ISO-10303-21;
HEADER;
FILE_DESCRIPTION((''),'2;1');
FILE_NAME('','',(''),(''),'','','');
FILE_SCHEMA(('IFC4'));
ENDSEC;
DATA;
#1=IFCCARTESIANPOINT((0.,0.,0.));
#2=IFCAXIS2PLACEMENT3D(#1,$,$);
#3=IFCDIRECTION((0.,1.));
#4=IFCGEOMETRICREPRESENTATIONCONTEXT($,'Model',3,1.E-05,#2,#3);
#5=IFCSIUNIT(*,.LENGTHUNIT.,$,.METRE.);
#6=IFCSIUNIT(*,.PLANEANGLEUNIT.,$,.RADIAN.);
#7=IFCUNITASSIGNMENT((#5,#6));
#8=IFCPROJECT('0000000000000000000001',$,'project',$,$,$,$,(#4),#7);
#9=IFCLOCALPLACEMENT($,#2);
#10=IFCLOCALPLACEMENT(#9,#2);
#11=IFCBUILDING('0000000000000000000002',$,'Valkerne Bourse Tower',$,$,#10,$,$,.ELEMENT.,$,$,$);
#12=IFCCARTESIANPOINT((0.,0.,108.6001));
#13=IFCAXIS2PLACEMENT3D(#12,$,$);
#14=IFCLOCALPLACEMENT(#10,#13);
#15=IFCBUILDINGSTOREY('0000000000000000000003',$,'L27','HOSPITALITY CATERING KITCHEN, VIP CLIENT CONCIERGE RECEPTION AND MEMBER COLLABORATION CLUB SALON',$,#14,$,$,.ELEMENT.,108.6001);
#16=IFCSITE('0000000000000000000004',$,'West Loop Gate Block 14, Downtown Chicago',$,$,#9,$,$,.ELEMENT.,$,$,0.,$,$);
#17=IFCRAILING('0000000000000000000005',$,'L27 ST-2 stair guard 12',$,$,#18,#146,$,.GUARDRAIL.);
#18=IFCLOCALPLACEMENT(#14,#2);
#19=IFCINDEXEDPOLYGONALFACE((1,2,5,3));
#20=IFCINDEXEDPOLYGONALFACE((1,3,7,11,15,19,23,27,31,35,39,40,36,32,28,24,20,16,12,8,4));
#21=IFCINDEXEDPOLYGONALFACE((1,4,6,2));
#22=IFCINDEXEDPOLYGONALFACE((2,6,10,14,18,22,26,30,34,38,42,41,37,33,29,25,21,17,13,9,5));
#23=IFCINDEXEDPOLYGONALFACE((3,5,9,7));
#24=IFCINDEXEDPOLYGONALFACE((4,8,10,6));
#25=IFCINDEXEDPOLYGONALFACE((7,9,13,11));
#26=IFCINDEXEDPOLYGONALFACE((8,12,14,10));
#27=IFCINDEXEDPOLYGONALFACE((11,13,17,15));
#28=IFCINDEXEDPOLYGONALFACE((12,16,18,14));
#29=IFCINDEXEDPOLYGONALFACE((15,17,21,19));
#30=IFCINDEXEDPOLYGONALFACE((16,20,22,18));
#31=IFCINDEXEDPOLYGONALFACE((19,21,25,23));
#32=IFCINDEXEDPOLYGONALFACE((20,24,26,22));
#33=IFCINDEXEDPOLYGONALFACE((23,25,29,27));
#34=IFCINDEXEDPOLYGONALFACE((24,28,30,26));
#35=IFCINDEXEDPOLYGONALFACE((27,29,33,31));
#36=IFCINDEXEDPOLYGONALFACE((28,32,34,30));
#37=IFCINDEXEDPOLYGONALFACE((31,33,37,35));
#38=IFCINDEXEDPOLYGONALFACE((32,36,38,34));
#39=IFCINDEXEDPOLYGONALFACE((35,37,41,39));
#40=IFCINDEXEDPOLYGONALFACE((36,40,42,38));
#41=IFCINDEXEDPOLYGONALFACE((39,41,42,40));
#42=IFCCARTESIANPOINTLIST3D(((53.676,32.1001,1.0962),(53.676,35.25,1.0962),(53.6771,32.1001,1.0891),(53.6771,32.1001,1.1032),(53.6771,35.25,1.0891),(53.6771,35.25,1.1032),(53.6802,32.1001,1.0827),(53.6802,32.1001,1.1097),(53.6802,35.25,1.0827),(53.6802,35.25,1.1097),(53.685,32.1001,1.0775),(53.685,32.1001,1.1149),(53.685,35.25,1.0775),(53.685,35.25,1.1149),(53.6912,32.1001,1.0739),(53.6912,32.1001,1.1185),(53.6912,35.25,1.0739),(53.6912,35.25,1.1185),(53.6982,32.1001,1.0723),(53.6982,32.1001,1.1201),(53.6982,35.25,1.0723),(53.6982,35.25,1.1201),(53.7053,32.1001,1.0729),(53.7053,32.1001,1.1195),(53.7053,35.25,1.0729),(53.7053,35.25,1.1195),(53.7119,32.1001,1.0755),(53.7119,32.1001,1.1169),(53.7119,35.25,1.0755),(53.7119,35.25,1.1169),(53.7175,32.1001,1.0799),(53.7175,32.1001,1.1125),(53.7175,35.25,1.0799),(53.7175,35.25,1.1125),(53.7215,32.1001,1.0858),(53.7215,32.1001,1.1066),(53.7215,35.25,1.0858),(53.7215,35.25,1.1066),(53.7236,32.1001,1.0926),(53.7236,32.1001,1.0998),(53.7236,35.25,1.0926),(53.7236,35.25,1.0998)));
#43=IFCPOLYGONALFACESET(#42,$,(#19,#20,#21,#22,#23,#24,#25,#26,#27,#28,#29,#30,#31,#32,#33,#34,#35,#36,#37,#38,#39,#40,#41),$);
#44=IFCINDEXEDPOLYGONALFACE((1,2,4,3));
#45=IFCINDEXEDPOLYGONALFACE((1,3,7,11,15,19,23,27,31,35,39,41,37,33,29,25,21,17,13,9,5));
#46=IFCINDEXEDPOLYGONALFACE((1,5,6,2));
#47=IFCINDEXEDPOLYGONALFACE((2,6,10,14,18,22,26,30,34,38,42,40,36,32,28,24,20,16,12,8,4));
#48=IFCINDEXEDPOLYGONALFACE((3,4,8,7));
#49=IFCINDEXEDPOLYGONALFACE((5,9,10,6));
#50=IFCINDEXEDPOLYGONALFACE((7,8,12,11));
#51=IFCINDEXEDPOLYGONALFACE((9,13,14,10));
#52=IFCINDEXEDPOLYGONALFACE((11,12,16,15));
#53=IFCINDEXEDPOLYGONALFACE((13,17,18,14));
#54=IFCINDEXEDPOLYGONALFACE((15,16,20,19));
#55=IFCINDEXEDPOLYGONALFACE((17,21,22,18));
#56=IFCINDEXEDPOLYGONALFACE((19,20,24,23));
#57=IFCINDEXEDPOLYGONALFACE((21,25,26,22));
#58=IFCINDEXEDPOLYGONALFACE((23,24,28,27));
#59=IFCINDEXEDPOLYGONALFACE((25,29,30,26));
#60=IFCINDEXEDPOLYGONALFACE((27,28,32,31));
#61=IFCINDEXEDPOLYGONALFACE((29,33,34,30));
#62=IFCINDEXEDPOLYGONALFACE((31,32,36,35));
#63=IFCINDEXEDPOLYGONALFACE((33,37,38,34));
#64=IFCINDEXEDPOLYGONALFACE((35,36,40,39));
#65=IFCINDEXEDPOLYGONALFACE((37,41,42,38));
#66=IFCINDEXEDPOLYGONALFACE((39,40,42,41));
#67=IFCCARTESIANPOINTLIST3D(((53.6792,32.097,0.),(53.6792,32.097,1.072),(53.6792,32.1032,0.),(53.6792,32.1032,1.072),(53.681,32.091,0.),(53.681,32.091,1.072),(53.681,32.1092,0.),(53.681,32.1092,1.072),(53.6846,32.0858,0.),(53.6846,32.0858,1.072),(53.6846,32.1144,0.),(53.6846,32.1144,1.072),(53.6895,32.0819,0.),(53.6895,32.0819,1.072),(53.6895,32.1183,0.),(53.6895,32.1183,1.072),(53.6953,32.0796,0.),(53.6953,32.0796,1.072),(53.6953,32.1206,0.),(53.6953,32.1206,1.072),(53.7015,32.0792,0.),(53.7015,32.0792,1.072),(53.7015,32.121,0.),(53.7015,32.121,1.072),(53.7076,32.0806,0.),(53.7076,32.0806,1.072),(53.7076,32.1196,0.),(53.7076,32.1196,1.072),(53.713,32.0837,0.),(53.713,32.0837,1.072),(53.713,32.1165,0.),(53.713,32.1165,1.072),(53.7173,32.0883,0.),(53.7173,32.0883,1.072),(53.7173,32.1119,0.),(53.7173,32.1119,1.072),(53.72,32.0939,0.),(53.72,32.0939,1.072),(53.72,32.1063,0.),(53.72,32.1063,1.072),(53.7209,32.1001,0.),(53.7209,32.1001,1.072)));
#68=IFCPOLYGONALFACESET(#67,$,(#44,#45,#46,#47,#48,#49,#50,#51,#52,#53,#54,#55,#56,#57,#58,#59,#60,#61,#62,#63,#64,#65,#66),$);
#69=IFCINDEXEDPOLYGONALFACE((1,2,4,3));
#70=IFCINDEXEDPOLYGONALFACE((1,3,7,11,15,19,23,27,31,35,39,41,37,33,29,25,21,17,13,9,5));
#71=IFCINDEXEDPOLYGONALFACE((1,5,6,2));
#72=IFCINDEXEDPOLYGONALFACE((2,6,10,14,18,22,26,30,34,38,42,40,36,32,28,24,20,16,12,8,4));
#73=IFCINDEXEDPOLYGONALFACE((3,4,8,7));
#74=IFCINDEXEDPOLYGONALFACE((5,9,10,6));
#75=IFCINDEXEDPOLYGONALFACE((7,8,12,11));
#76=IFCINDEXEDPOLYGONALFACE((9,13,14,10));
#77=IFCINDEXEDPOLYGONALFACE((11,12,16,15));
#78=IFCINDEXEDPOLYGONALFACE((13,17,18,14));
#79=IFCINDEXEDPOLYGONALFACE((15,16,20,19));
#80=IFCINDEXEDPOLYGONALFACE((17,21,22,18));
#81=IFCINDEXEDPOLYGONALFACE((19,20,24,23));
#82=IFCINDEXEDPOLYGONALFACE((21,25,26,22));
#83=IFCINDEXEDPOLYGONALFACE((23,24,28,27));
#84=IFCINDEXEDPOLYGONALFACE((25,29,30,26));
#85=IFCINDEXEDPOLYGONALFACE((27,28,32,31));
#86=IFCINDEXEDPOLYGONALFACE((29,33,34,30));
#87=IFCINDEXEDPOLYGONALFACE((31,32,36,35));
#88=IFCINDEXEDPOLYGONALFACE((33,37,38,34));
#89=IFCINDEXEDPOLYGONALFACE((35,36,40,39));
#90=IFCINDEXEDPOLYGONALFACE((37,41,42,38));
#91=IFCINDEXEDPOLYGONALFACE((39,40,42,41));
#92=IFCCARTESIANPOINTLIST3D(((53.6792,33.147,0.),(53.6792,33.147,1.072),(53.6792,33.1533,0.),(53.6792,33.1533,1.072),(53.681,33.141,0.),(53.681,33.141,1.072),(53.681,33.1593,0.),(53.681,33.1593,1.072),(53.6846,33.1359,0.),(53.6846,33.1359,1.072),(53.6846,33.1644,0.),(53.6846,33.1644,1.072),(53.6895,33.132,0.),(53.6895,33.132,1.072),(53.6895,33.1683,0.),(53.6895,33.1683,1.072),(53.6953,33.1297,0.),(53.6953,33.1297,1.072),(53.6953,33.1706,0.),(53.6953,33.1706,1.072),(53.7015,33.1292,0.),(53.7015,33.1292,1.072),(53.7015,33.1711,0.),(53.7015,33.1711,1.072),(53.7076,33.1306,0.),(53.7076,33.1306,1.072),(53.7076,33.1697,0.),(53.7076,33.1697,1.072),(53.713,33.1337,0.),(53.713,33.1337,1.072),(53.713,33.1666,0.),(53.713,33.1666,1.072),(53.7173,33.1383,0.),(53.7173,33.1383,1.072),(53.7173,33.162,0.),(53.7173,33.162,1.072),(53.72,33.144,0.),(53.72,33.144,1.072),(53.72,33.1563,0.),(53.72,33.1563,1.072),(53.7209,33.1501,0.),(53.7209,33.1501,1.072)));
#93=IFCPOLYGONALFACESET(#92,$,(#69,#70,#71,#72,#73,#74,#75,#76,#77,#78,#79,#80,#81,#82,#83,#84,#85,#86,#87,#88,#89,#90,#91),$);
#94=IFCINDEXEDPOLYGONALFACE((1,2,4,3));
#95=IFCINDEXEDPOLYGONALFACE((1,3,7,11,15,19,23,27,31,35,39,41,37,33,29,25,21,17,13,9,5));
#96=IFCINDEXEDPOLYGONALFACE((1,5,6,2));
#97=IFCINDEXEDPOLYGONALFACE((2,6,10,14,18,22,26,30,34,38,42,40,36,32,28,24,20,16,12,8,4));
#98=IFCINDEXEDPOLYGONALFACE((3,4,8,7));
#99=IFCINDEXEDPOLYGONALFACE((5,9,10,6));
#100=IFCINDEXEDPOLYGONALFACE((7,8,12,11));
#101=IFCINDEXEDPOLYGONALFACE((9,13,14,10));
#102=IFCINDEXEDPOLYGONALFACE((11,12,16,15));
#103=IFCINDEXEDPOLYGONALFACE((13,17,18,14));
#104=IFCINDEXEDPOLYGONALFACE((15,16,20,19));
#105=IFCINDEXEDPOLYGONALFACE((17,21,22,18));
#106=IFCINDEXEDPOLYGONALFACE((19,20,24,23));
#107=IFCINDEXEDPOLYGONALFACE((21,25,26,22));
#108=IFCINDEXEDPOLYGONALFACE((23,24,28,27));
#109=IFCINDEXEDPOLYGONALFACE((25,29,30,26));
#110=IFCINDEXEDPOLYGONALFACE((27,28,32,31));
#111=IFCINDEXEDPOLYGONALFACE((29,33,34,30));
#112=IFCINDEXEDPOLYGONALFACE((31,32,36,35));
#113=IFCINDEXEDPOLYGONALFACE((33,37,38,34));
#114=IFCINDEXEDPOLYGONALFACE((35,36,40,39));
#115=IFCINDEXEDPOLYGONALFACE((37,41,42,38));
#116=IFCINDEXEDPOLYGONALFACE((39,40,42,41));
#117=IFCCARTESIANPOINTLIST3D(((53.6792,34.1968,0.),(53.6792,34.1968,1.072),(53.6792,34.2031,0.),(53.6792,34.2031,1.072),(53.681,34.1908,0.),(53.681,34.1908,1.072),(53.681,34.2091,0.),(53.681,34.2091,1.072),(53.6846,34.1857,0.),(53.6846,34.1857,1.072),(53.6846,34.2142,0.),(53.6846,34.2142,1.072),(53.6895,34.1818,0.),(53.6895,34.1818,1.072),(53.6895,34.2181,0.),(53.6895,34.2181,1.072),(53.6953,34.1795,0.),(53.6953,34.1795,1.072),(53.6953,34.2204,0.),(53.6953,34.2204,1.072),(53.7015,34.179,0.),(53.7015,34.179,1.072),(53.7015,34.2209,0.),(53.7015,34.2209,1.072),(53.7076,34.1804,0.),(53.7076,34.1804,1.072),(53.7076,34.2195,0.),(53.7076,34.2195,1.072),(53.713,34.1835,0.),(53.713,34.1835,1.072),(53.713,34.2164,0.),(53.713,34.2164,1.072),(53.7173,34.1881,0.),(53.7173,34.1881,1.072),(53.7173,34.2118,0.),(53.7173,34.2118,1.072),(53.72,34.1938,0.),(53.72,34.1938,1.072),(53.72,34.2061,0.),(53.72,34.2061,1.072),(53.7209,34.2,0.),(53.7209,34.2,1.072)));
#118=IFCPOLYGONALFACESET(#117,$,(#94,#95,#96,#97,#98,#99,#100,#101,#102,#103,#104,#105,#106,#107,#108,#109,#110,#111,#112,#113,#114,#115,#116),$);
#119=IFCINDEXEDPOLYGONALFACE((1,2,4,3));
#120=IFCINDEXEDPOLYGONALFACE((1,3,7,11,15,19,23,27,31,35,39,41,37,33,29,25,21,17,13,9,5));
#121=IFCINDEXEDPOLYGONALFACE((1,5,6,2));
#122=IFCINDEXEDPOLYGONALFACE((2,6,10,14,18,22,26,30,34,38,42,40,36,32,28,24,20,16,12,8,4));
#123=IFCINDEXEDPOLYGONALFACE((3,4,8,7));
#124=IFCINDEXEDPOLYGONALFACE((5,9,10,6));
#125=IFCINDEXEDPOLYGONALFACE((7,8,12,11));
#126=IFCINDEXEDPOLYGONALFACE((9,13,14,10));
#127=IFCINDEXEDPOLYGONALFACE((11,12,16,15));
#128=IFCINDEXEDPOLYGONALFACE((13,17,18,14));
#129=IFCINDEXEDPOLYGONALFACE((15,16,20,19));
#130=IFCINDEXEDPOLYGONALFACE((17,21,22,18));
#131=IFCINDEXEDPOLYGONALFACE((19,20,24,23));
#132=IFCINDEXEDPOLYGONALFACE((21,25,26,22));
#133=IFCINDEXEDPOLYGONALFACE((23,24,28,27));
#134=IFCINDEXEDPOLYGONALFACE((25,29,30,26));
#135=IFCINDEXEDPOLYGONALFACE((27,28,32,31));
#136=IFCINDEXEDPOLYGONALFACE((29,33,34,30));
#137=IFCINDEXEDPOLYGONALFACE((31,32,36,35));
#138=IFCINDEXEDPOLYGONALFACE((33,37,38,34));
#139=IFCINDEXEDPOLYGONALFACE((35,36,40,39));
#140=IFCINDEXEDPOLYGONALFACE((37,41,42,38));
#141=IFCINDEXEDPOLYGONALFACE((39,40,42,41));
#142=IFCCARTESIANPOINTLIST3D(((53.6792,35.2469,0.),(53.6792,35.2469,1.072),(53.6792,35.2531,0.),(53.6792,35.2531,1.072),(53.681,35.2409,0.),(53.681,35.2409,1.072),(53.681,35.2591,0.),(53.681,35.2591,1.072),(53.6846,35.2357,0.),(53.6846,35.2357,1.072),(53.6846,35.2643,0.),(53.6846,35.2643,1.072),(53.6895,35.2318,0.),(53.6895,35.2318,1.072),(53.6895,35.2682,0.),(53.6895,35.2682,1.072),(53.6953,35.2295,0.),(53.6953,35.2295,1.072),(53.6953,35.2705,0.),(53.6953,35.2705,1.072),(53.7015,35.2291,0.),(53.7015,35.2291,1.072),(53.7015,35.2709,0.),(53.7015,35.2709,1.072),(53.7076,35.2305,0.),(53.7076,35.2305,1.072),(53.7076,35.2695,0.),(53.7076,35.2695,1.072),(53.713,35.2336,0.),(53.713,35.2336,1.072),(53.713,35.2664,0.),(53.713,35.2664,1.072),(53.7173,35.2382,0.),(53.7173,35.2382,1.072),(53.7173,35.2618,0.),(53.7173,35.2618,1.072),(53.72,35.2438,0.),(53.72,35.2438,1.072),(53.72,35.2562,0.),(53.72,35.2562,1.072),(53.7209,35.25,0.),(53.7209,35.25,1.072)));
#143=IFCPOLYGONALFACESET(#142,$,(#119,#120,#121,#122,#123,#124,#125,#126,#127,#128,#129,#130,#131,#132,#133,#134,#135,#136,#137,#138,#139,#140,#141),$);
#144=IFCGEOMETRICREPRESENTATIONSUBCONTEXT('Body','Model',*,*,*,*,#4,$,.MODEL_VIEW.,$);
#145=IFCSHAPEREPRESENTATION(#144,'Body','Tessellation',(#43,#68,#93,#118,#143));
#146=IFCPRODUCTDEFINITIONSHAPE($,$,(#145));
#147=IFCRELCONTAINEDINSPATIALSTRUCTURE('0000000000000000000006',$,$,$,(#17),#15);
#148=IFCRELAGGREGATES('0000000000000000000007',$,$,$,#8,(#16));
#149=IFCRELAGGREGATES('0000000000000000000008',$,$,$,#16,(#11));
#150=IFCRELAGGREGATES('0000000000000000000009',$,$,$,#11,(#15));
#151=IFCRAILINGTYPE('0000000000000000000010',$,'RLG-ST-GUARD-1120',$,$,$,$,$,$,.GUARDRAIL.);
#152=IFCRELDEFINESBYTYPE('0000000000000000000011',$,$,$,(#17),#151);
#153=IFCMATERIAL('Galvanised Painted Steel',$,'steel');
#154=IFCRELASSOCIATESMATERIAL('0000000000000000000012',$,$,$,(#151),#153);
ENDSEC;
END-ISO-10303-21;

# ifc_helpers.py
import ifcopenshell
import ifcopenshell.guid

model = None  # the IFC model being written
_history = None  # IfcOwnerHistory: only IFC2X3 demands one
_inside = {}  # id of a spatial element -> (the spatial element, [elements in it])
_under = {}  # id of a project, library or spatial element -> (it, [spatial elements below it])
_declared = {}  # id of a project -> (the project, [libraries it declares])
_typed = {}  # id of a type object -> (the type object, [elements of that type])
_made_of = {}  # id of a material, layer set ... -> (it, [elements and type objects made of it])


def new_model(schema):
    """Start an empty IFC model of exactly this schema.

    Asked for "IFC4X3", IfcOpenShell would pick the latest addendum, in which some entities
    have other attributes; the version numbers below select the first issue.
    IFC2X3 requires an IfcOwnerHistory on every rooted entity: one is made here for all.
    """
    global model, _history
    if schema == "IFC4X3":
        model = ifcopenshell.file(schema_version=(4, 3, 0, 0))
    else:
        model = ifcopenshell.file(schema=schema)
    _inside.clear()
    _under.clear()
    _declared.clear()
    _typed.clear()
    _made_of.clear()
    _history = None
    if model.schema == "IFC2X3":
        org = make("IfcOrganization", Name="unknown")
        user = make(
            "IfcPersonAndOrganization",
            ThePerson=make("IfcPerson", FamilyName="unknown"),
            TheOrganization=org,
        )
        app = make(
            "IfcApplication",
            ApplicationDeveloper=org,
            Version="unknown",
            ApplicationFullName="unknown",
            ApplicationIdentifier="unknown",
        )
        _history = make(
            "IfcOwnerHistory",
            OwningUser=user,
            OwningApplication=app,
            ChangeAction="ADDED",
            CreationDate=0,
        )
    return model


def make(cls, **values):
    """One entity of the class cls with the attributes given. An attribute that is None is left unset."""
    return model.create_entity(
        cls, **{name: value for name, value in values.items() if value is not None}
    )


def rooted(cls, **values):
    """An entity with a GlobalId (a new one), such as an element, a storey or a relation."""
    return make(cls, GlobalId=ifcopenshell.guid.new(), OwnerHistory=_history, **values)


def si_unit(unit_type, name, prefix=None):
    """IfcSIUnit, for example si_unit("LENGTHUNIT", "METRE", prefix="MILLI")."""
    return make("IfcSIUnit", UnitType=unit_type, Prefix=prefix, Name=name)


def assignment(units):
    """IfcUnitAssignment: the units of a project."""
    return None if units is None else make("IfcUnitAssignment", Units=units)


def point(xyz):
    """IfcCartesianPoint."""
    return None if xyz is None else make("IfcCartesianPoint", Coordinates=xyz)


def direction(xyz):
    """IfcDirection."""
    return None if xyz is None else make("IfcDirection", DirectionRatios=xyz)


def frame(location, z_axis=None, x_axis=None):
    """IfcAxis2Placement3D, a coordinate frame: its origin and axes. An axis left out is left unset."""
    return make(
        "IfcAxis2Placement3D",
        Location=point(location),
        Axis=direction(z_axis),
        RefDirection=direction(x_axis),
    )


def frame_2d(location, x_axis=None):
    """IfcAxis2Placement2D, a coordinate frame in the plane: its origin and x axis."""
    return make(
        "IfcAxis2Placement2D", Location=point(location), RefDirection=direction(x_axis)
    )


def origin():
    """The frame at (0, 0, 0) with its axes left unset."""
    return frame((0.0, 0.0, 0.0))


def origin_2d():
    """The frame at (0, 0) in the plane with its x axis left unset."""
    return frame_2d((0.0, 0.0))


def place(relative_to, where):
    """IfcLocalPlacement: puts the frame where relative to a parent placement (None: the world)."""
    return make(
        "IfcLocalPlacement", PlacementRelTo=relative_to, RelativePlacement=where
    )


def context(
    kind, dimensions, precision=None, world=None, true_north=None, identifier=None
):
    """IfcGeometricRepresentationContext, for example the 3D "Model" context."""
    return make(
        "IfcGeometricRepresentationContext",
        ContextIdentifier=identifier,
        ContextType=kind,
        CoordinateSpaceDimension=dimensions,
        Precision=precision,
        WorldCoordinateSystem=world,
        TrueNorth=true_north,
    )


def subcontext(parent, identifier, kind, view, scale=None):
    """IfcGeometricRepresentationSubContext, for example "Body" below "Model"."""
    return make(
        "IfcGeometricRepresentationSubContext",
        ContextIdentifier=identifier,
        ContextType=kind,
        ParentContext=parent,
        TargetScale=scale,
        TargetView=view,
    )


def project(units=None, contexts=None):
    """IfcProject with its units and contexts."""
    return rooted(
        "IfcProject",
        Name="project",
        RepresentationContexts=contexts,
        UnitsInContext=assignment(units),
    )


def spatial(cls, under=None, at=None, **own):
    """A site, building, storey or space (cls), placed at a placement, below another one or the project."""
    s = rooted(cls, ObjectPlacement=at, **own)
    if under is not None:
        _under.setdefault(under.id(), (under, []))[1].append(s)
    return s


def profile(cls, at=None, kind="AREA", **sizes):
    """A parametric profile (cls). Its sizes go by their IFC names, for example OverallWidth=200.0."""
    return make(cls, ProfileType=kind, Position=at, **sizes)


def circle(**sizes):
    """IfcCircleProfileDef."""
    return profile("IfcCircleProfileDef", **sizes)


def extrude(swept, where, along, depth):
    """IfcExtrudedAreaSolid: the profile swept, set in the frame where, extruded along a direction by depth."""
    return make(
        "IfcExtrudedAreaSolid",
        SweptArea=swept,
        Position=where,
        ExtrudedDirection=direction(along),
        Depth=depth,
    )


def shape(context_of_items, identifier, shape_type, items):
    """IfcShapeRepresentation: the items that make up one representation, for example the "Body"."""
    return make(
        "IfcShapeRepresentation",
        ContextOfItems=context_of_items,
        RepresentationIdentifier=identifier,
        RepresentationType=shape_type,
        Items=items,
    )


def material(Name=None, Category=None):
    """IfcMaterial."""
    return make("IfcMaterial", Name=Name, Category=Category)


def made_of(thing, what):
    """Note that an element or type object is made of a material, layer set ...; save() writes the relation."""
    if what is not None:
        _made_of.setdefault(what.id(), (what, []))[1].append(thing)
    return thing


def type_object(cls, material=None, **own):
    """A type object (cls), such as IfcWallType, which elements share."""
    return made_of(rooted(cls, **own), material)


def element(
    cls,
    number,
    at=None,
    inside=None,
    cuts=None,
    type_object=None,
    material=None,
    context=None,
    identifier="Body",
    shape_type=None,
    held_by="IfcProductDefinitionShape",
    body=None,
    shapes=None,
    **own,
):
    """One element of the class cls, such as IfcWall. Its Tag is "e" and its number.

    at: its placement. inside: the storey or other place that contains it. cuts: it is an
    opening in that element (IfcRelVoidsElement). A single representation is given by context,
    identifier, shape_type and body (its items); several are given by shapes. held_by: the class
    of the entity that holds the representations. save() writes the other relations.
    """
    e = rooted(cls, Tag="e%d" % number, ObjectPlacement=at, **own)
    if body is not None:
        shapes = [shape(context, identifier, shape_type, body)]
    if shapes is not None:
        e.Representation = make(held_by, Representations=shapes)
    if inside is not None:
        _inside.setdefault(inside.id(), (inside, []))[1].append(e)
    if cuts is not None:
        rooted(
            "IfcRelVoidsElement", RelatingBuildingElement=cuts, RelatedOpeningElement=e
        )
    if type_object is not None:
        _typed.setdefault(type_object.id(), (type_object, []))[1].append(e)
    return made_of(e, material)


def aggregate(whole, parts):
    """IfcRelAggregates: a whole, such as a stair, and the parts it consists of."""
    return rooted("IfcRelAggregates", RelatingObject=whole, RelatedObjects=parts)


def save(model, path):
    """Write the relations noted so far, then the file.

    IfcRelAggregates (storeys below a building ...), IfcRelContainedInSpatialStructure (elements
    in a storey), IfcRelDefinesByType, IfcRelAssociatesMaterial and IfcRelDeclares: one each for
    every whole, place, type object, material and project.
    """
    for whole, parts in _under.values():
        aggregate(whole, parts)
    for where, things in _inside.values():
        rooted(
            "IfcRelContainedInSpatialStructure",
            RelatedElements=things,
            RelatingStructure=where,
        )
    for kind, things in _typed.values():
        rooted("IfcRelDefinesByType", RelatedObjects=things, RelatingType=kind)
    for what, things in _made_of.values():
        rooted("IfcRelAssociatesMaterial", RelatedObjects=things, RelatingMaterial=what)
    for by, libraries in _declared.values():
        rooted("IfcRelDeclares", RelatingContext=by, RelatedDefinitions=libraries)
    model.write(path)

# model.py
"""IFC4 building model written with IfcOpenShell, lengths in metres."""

from ifc_helpers import new_model, si_unit, direction, frame, origin, origin_2d, place, context, subcontext, project, spatial, circle, extrude, material, type_object, element, save


model = new_model("IFC4")

# Units and contexts
model_context = context("Model", 3, precision=1e-05, world=origin(), true_north=direction((0.0, 1.0)))
body_context = subcontext(model_context, "Body", "Model", "MODEL_VIEW")
ifc_project = project(units=[si_unit("LENGTHUNIT", "METRE"), si_unit("PLANEANGLEUNIT", "RADIAN")], contexts=[model_context])

# Site, building, storey
site_placement = place(None, origin())
site = spatial("IfcSite", under=ifc_project, at=site_placement, Name="West Loop Gate Block 14, Downtown Chicago", CompositionType="ELEMENT", RefElevation=0.0)
building_placement = place(site_placement, origin())
building = spatial("IfcBuilding", under=site, at=building_placement, Name="Valkerne Bourse Tower", CompositionType="ELEMENT")
storey_placement = place(building_placement, frame((0.0, 0.0, 108.6001)))
storey = spatial("IfcBuildingStorey", under=building, at=storey_placement, Name="L27", Description="HOSPITALITY CATERING KITCHEN, VIP CLIENT CONCIERGE RECEPTION AND MEMBER COLLABORATION CLUB SALON", CompositionType="ELEMENT", Elevation=108.6001)

# Railing
ifc_material_1 = material(Name="Galvanised Painted Steel", Category="steel")
railing_type_1 = type_object("IfcRailingType", Name="RLG-ST-GUARD-1120", PredefinedType="GUARDRAIL", material=ifc_material_1)
railing_1_placement = place(storey_placement, frame((53.7, 32.1001, 0.0)))
element("IfcRailing", 1, at=railing_1_placement, inside=storey, type_object=railing_type_1, Name="L27 ST-2 stair guard 12", PredefinedType="GUARDRAIL", context=body_context, shape_type="SweptSolid", body=[
    extrude(circle(Radius=0.0239, at=origin_2d()), frame((0.0, 0.0, 1.0962), z_axis=(0.0, 1.0, 0.0), x_axis=(-1.0, 0.0, 0.0)), (0.0, 0.0, 1.0), 3.1499),
    extrude(circle(Radius=0.021, at=origin_2d()), origin(), (0.0, 0.0, 1.0), 1.072),
    extrude(circle(Radius=0.021, at=origin_2d()), frame((0.0, 1.05, 0.0)), (0.0, 0.0, 1.0), 1.072),
    extrude(circle(Radius=0.021, at=origin_2d()), frame((0.0, 2.0999, 0.0)), (0.0, 0.0, 1.0), 1.072),
    extrude(circle(Radius=0.021, at=origin_2d()), frame((0.0, 3.1499, 0.0)), (0.0, 0.0, 1.0), 1.072),
])

save(model, "model.ifc")
